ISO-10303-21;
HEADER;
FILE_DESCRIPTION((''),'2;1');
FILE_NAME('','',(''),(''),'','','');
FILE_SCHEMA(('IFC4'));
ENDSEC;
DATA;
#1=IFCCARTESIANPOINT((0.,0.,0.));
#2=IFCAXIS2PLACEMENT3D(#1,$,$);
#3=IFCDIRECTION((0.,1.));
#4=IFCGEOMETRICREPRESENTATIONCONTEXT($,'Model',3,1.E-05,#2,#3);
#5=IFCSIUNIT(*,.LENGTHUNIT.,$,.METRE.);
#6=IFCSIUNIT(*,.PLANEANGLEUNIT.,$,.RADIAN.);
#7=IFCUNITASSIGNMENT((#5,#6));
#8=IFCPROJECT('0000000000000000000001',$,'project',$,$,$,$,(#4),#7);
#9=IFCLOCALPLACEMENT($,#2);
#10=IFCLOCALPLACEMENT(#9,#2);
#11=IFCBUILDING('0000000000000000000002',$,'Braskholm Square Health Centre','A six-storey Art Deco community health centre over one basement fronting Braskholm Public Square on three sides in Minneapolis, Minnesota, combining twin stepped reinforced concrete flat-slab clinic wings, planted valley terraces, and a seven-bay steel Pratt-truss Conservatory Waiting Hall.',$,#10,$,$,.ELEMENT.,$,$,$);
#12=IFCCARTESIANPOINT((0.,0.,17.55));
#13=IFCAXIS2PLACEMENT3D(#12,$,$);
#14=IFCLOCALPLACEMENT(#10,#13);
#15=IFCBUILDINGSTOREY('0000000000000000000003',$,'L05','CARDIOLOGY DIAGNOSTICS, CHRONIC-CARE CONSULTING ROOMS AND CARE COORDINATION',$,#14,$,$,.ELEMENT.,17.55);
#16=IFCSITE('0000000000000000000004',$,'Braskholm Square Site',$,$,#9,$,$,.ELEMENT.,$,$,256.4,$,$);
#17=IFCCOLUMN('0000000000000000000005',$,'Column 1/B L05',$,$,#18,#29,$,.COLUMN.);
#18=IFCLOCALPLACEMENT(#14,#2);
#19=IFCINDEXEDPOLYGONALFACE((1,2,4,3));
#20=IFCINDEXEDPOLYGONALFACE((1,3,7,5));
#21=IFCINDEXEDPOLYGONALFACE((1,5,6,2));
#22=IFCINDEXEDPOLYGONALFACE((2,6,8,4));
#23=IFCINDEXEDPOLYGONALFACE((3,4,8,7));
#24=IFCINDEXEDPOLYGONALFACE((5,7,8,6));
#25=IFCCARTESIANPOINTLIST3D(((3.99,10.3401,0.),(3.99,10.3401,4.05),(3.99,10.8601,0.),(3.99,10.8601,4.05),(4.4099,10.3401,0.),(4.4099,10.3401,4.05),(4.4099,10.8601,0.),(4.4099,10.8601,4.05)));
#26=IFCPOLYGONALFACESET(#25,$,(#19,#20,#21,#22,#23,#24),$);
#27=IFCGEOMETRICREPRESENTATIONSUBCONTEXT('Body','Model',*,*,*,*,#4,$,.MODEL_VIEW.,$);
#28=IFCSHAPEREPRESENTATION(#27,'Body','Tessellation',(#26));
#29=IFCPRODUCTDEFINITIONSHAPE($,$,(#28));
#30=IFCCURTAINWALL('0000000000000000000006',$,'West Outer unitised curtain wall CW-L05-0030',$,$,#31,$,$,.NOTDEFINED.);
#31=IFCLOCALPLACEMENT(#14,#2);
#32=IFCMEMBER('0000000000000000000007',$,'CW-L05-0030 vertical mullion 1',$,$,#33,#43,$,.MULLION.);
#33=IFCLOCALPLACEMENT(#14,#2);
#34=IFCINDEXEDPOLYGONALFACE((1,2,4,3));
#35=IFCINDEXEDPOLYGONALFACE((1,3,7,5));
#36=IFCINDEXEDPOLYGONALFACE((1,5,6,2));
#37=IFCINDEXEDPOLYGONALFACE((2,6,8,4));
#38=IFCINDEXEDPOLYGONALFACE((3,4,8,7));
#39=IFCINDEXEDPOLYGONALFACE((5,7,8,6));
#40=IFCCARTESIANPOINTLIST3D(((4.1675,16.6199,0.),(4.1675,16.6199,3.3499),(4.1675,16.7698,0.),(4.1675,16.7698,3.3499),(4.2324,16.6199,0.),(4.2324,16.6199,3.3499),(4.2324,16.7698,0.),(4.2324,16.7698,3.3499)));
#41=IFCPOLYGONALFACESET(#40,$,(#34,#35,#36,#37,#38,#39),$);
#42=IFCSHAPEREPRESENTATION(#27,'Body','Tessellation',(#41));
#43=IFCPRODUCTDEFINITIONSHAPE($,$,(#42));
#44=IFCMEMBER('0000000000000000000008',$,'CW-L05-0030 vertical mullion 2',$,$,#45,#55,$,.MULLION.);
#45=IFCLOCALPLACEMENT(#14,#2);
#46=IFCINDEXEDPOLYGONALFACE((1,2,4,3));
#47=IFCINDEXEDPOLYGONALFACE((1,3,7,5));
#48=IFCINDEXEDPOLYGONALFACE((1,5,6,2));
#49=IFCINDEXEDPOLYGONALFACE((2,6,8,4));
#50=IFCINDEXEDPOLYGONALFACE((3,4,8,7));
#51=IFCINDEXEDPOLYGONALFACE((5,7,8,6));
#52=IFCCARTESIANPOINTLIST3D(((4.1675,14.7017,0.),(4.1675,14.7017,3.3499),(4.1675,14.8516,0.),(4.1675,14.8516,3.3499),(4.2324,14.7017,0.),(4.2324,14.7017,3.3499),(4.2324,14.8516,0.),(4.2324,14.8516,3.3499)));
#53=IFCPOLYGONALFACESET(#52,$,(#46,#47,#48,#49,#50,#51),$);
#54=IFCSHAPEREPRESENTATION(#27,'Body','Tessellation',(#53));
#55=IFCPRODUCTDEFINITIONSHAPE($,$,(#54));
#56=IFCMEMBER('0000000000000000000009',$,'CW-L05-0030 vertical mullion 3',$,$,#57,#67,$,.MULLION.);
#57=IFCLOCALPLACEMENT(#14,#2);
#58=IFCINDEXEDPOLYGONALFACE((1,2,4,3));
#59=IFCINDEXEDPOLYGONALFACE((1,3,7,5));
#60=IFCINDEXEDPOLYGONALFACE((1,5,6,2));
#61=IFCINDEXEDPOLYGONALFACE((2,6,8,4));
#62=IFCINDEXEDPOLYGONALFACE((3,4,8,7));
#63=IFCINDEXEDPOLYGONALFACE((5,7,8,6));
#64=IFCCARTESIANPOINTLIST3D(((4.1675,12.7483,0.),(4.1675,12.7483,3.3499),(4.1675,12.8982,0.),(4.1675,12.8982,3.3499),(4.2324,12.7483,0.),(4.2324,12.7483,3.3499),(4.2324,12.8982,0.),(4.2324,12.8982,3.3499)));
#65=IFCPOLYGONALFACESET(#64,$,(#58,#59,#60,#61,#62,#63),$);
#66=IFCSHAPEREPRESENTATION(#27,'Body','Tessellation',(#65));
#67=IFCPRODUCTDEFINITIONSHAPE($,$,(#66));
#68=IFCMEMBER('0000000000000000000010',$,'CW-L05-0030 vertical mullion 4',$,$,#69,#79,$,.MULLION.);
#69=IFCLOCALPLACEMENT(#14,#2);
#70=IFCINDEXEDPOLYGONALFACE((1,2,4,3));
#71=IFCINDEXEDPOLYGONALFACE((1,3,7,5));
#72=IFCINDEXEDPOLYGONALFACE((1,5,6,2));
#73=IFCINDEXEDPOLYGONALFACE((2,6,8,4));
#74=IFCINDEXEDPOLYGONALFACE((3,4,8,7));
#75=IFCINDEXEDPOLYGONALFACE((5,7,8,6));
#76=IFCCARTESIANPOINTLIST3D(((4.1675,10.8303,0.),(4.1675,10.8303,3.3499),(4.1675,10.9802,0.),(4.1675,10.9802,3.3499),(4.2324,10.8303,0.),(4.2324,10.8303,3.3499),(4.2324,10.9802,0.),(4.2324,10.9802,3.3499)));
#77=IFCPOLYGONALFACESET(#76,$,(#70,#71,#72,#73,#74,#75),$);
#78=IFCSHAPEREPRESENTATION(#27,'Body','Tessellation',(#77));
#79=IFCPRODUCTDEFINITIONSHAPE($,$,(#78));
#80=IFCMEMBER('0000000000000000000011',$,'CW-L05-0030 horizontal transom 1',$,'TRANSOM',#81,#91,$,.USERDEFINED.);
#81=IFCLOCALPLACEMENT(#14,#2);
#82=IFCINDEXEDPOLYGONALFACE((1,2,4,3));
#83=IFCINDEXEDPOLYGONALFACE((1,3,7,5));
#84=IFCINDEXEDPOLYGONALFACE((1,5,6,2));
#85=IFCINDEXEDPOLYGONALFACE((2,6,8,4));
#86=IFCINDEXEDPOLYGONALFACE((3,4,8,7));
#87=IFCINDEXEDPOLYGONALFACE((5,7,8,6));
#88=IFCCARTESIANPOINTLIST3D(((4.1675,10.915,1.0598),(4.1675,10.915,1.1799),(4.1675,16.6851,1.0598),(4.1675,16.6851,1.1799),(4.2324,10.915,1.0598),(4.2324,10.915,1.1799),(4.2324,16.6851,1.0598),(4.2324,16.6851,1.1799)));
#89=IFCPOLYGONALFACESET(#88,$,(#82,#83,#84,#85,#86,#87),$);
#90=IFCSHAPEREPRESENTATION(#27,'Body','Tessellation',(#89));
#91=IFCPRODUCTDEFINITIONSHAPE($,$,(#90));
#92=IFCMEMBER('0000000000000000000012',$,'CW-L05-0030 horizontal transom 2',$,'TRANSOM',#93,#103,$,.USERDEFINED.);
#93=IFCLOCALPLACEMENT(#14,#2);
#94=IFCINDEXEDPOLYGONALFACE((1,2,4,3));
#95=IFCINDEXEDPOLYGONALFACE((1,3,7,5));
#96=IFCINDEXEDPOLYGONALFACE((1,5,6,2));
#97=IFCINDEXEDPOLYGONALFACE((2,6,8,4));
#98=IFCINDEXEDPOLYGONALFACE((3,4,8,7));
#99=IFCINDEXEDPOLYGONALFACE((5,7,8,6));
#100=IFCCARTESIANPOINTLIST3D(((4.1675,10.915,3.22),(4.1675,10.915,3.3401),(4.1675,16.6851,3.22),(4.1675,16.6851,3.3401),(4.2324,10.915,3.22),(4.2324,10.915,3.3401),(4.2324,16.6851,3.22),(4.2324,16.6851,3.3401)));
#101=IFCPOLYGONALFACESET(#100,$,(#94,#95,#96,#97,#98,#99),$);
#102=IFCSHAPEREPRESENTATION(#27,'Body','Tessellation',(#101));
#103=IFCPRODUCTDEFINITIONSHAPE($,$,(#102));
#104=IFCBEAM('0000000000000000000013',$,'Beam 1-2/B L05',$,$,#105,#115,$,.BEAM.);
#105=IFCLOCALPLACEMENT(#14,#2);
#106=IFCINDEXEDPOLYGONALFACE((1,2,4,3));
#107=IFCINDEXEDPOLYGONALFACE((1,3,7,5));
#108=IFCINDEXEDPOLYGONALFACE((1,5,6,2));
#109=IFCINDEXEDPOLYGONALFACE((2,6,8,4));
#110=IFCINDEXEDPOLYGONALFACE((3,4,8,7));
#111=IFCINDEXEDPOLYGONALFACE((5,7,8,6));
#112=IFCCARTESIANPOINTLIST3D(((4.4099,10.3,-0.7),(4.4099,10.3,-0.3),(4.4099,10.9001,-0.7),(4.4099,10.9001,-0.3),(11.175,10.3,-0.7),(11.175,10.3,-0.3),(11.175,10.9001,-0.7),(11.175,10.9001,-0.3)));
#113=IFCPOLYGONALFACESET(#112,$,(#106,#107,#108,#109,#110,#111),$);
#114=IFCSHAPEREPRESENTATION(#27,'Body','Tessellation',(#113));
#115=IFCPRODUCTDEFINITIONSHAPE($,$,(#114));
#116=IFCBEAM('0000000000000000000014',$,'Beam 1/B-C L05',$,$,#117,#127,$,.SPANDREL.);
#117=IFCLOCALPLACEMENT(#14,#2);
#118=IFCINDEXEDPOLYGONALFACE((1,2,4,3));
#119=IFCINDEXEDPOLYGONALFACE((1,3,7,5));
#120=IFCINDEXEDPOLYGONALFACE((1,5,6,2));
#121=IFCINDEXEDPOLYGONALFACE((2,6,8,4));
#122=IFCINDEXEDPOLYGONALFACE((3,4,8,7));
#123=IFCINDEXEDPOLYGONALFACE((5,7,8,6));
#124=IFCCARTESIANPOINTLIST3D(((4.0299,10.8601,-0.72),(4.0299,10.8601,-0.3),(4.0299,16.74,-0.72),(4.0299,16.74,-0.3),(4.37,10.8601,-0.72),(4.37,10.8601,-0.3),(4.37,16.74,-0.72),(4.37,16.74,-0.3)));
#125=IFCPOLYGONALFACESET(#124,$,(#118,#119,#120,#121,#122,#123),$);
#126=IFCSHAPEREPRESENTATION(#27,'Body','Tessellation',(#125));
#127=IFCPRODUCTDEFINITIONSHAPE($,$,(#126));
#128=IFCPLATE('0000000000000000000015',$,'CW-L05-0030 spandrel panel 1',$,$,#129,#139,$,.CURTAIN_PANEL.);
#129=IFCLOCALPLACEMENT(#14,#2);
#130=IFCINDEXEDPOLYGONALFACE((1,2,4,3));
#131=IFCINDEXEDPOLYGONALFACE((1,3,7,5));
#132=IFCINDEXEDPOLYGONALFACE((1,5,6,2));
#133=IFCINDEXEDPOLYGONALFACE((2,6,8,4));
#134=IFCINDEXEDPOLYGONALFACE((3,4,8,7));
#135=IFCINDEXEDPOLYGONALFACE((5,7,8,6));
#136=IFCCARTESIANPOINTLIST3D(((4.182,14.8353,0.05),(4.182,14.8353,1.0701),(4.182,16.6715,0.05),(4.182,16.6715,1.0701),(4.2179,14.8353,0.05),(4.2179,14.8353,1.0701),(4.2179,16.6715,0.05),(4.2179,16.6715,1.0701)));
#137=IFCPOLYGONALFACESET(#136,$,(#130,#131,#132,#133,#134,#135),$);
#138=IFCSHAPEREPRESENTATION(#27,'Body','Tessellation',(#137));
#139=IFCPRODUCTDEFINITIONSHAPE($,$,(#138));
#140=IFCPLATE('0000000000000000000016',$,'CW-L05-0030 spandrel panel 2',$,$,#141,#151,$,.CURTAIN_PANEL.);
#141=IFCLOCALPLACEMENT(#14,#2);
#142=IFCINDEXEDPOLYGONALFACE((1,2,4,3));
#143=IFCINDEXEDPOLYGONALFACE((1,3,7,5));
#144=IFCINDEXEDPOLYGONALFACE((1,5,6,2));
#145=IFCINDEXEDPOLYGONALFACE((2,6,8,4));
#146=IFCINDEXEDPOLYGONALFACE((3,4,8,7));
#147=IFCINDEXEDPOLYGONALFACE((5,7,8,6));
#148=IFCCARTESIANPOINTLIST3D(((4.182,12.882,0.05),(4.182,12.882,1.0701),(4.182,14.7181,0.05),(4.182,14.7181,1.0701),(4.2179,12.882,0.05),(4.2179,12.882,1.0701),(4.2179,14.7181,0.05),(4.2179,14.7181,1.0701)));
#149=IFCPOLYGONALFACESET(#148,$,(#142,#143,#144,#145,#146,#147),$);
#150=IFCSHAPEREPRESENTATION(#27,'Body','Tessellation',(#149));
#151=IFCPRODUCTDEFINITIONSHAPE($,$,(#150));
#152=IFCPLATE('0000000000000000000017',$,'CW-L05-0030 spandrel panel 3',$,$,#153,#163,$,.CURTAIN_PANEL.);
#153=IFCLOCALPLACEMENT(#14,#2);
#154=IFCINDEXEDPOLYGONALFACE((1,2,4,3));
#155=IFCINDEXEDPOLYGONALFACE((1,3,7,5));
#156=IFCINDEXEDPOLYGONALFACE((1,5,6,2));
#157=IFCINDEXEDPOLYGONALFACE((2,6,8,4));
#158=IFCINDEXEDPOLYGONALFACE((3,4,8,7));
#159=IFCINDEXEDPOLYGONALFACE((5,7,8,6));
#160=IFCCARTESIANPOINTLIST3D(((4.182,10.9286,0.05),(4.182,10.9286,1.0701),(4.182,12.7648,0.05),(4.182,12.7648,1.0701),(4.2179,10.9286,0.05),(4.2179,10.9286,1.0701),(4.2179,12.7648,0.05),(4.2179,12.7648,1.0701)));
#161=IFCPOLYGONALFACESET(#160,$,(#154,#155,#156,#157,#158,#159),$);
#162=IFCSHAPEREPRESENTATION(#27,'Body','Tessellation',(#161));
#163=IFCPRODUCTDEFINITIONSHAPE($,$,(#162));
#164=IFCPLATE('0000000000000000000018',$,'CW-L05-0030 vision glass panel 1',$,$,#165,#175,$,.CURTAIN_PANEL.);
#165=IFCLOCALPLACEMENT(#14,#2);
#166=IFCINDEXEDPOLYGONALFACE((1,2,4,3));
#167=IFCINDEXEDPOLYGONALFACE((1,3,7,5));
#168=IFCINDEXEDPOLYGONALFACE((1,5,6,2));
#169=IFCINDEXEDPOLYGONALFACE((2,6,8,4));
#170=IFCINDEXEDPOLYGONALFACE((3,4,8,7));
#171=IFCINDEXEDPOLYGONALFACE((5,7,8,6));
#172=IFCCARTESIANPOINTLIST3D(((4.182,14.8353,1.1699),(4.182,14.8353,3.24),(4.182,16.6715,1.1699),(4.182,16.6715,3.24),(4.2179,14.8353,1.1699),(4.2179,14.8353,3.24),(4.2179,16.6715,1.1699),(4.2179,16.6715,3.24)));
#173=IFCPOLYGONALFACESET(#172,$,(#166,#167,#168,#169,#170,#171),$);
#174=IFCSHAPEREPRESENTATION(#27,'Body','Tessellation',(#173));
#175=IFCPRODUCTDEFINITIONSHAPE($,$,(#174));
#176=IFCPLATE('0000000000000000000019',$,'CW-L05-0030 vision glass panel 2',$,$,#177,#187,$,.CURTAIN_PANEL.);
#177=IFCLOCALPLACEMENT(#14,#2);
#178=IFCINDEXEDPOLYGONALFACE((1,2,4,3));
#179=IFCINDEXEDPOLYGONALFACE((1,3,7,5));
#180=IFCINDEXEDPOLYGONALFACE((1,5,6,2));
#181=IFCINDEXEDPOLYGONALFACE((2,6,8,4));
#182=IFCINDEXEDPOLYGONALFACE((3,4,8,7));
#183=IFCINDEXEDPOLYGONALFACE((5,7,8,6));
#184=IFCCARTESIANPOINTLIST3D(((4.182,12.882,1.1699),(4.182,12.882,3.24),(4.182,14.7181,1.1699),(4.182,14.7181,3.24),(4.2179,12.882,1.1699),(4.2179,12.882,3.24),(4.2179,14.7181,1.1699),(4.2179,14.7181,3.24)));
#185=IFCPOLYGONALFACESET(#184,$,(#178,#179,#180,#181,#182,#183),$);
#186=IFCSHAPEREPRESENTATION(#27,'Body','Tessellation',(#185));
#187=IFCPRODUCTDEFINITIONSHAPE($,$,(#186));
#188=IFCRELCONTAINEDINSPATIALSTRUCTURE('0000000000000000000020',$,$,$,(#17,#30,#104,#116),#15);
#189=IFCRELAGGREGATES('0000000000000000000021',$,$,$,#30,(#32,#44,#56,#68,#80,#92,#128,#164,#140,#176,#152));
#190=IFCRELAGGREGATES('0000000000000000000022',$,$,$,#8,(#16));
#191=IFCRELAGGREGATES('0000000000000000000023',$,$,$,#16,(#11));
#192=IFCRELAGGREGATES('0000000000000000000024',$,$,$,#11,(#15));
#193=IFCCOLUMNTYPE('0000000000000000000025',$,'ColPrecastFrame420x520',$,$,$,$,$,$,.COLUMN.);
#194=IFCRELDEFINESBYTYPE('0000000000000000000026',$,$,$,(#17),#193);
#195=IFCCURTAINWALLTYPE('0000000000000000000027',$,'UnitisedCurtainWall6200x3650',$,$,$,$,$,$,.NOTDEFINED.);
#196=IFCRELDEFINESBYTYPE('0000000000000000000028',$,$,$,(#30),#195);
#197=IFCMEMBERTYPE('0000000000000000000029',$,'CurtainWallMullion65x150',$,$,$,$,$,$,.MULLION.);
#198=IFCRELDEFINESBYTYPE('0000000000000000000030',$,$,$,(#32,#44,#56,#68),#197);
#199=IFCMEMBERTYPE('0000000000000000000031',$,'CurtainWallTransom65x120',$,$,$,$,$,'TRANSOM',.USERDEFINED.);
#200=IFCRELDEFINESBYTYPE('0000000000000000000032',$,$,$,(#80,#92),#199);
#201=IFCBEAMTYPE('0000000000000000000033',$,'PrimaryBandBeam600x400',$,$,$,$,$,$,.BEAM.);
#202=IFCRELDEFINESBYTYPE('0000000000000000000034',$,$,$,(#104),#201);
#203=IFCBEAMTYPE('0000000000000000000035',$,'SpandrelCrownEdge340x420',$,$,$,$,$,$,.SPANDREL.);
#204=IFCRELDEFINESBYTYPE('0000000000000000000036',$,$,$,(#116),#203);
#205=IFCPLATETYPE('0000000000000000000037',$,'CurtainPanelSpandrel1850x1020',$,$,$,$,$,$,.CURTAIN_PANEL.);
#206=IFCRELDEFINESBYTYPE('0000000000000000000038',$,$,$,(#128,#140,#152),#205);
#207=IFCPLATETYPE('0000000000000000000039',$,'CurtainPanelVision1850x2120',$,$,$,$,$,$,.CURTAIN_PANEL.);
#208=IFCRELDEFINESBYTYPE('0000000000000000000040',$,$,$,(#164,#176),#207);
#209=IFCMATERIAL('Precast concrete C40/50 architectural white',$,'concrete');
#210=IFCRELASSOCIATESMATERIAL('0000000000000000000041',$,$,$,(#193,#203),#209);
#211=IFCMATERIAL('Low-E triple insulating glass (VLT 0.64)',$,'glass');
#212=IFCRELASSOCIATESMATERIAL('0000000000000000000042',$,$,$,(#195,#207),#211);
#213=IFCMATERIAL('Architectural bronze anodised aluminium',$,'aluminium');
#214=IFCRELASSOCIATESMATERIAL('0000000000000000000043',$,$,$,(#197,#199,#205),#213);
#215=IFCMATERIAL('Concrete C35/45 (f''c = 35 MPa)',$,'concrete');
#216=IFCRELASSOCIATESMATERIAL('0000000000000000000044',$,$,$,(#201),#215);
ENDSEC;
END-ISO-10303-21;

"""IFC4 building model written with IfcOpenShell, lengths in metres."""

from ifc_helpers import new_model, si_unit, direction, frame, origin, origin_2d, place, context, subcontext, project, spatial, rectangle, extrude, material, material_profile, profile_set, type_object, element, aggregate, save


model = new_model("IFC4")

# Units and contexts
model_context = context("Model", 3, precision=1e-05, world=origin(), true_north=direction((0.0, 1.0)))
body_context = subcontext(model_context, "Body", "Model", "MODEL_VIEW")
ifc_project = project(units=[si_unit("LENGTHUNIT", "METRE"), si_unit("PLANEANGLEUNIT", "RADIAN")], contexts=[model_context])

# Site, building, storey
site_placement = place(None, origin())
site = spatial("IfcSite", under=ifc_project, at=site_placement, Name="Braskholm Square Site", CompositionType="ELEMENT", RefElevation=256.4)
building_placement = place(site_placement, origin())
building = spatial("IfcBuilding", under=site, at=building_placement, Name="Braskholm Square Health Centre", Description="A six-storey Art Deco community health centre over one basement fronting Braskholm Public Square on three sides in Minneapolis, Minnesota, combining twin stepped reinforced concrete flat-slab clinic wings, planted valley terraces, and a seven-bay steel Pratt-truss Conservatory Waiting Hall.", CompositionType="ELEMENT")
storey_placement = place(building_placement, frame((0.0, 0.0, 17.55)))
storey = spatial("IfcBuildingStorey", under=building, at=storey_placement, Name="L05", Description="CARDIOLOGY DIAGNOSTICS, CHRONIC-CARE CONSULTING ROOMS AND CARE COORDINATION", CompositionType="ELEMENT", Elevation=17.55)

# Column
ifc_material_1 = material(Name="Precast concrete C40/50 architectural white", Category="concrete")
ifc_material_profile_1 = material_profile(ifc_material_1, rectangle(XDim=0.4199, YDim=0.52, at=origin_2d()), Name="RC-420X520")
ifc_profile_set_1 = profile_set([ifc_material_profile_1], Name="Precast concrete C40/50 architectural white")
column_type = type_object("IfcColumnType", Name="ColPrecastFrame420x520", PredefinedType="COLUMN", material=ifc_profile_set_1)
column_placement = place(storey_placement, frame((4.2, 10.6001, 0.0), z_axis=(0.0, 0.0, 1.0), x_axis=(1.0, 0.0, 0.0)))
element("IfcColumn", 1, at=column_placement, inside=storey, type_object=column_type, Name="Column 1/B L05", PredefinedType="COLUMN", context=body_context, shape_type="SweptSolid", body=[
    extrude(rectangle(XDim=0.4199, YDim=0.52, at=origin_2d()), origin(), (0.0, 0.0, 1.0), 4.05),
])

# Curtain wall, members
ifc_material_2 = material(Name="Low-E triple insulating glass (VLT 0.64)", Category="glass")
curtain_wall_type = type_object("IfcCurtainWallType", Name="UnitisedCurtainWall6200x3650", PredefinedType="NOTDEFINED", material=ifc_material_2)
curtain_wall_placement = place(storey_placement, origin())
curtain_wall = element("IfcCurtainWall", 2, at=curtain_wall_placement, inside=storey, type_object=curtain_wall_type, Name="West Outer unitised curtain wall CW-L05-0030", PredefinedType="NOTDEFINED")
ifc_material_3 = material(Name="Architectural bronze anodised aluminium", Category="aluminium")
ifc_material_profile_2 = material_profile(ifc_material_3, rectangle(XDim=0.0649, YDim=0.1499, at=origin_2d()), Name="ALU-65X150")
ifc_profile_set_2 = profile_set([ifc_material_profile_2], Name="Architectural bronze anodised aluminium")
member_type_1 = type_object("IfcMemberType", Name="CurtainWallMullion65x150", PredefinedType="MULLION", material=ifc_profile_set_2)
member_1_placement = place(storey_placement, frame((4.2, 16.6948, 0.0), z_axis=(0.0, 0.0, 1.0), x_axis=(1.0, 0.0, 0.0)))
member_1 = element("IfcMember", 3, at=member_1_placement, type_object=member_type_1, Name="CW-L05-0030 vertical mullion 1", PredefinedType="MULLION", context=body_context, shape_type="SweptSolid", body=[
    extrude(rectangle(XDim=0.0649, YDim=0.1499, at=origin_2d()), origin(), (0.0, 0.0, 1.0), 3.3499),
])
member_2_placement = place(storey_placement, frame((4.2, 14.7766, 0.0), z_axis=(0.0, 0.0, 1.0), x_axis=(1.0, 0.0, 0.0)))
member_2 = element("IfcMember", 4, at=member_2_placement, type_object=member_type_1, Name="CW-L05-0030 vertical mullion 2", PredefinedType="MULLION", context=body_context, shape_type="SweptSolid", body=[
    extrude(rectangle(XDim=0.0649, YDim=0.1499, at=origin_2d()), origin(), (0.0, 0.0, 1.0), 3.3499),
])
member_3_placement = place(storey_placement, frame((4.2, 12.8232, 0.0), z_axis=(0.0, 0.0, 1.0), x_axis=(1.0, 0.0, 0.0)))
member_3 = element("IfcMember", 5, at=member_3_placement, type_object=member_type_1, Name="CW-L05-0030 vertical mullion 3", PredefinedType="MULLION", context=body_context, shape_type="SweptSolid", body=[
    extrude(rectangle(XDim=0.0649, YDim=0.1499, at=origin_2d()), origin(), (0.0, 0.0, 1.0), 3.3499),
])
member_4_placement = place(storey_placement, frame((4.2, 10.9053, 0.0), z_axis=(0.0, 0.0, 1.0), x_axis=(1.0, 0.0, 0.0)))
member_4 = element("IfcMember", 6, at=member_4_placement, type_object=member_type_1, Name="CW-L05-0030 vertical mullion 4", PredefinedType="MULLION", context=body_context, shape_type="SweptSolid", body=[
    extrude(rectangle(XDim=0.0649, YDim=0.1499, at=origin_2d()), origin(), (0.0, 0.0, 1.0), 3.3499),
])
ifc_material_profile_3 = material_profile(ifc_material_3, rectangle(XDim=0.0649, YDim=0.1201, at=origin_2d()), Name="ALU-65X120")
ifc_profile_set_3 = profile_set([ifc_material_profile_3], Name="Architectural bronze anodised aluminium")
member_type_2 = type_object("IfcMemberType", Name="CurtainWallTransom65x120", ElementType="TRANSOM", PredefinedType="USERDEFINED", material=ifc_profile_set_3)
member_5_placement = place(storey_placement, frame((4.2, 16.6851, 1.1199), z_axis=(0.0, -1.0, 0.0), x_axis=(1.0, 0.0, 0.0)))
member_5 = element("IfcMember", 7, at=member_5_placement, type_object=member_type_2, Name="CW-L05-0030 horizontal transom 1", ObjectType="TRANSOM", PredefinedType="USERDEFINED", context=body_context, shape_type="SweptSolid", body=[
    extrude(rectangle(XDim=0.0649, YDim=0.1201, at=origin_2d()), origin(), (0.0, 0.0, 1.0), 5.77),
])
member_6_placement = place(storey_placement, frame((4.2, 16.6851, 3.28), z_axis=(0.0, -1.0, 0.0), x_axis=(1.0, 0.0, 0.0)))
member_6 = element("IfcMember", 8, at=member_6_placement, type_object=member_type_2, Name="CW-L05-0030 horizontal transom 2", ObjectType="TRANSOM", PredefinedType="USERDEFINED", context=body_context, shape_type="SweptSolid", body=[
    extrude(rectangle(XDim=0.0649, YDim=0.1201, at=origin_2d()), origin(), (0.0, 0.0, 1.0), 5.77),
])

# Beams
ifc_material_4 = material(Name="Concrete C35/45 (f'c = 35 MPa)", Category="concrete")
ifc_material_profile_4 = material_profile(ifc_material_4, rectangle(XDim=0.6001, YDim=0.3999, at=origin_2d()), Name="RCB-600X400")
ifc_profile_set_4 = profile_set([ifc_material_profile_4], Name="Concrete C35/45 (f'c = 35 MPa)")
beam_type_1 = type_object("IfcBeamType", Name="PrimaryBandBeam600x400", PredefinedType="BEAM", material=ifc_profile_set_4)
beam_1_placement = place(storey_placement, frame((4.4099, 10.6001, -0.5), z_axis=(1.0, 0.0, 0.0), x_axis=(0.0, 1.0, 0.0)))
element("IfcBeam", 9, at=beam_1_placement, inside=storey, type_object=beam_type_1, Name="Beam 1-2/B L05", PredefinedType="BEAM", context=body_context, shape_type="SweptSolid", body=[
    extrude(rectangle(XDim=0.6001, YDim=0.3999, at=origin_2d()), origin(), (0.0, 0.0, 1.0), 6.7651),
])
ifc_material_profile_5 = material_profile(ifc_material_1, rectangle(XDim=0.3401, YDim=0.4199, at=origin_2d()), Name="RCB-340X420")
ifc_profile_set_5 = profile_set([ifc_material_profile_5], Name="Precast concrete C40/50 architectural white")
beam_type_2 = type_object("IfcBeamType", Name="SpandrelCrownEdge340x420", PredefinedType="SPANDREL", material=ifc_profile_set_5)
beam_2_placement = place(storey_placement, frame((4.2, 10.8601, -0.51), z_axis=(0.0, 1.0, 0.0), x_axis=(-1.0, 0.0, 0.0)))
element("IfcBeam", 10, at=beam_2_placement, inside=storey, type_object=beam_type_2, Name="Beam 1/B-C L05", PredefinedType="SPANDREL", context=body_context, shape_type="SweptSolid", body=[
    extrude(rectangle(XDim=0.3401, YDim=0.4199, at=origin_2d()), origin(), (0.0, 0.0, 1.0), 5.8799),
])

# Plates
plate_type_1 = type_object("IfcPlateType", Name="CurtainPanelSpandrel1850x1020", PredefinedType="CURTAIN_PANEL", material=ifc_material_3)
plate_1_placement = place(storey_placement, frame((4.2, 15.7534, 0.05), z_axis=(0.0, 0.0, 1.0), x_axis=(0.0, -1.0, 0.0)))
plate_1 = element("IfcPlate", 11, at=plate_1_placement, type_object=plate_type_1, Name="CW-L05-0030 spandrel panel 1", PredefinedType="CURTAIN_PANEL", context=body_context, shape_type="SweptSolid", body=[
    extrude(rectangle(XDim=1.8362, YDim=0.0359, at=origin_2d()), origin(), (0.0, 0.0, 1.0), 1.02),
])
plate_2_placement = place(storey_placement, frame((4.2, 13.8, 0.05), z_axis=(0.0, 0.0, 1.0), x_axis=(0.0, -1.0, 0.0)))
plate_2 = element("IfcPlate", 12, at=plate_2_placement, type_object=plate_type_1, Name="CW-L05-0030 spandrel panel 2", PredefinedType="CURTAIN_PANEL", context=body_context, shape_type="SweptSolid", body=[
    extrude(rectangle(XDim=1.8362, YDim=0.0359, at=origin_2d()), origin(), (0.0, 0.0, 1.0), 1.02),
])
plate_3_placement = place(storey_placement, frame((4.2, 11.8467, 0.05), z_axis=(0.0, 0.0, 1.0), x_axis=(0.0, -1.0, 0.0)))
plate_3 = element("IfcPlate", 13, at=plate_3_placement, type_object=plate_type_1, Name="CW-L05-0030 spandrel panel 3", PredefinedType="CURTAIN_PANEL", context=body_context, shape_type="SweptSolid", body=[
    extrude(rectangle(XDim=1.8362, YDim=0.0359, at=origin_2d()), origin(), (0.0, 0.0, 1.0), 1.02),
])
plate_type_2 = type_object("IfcPlateType", Name="CurtainPanelVision1850x2120", PredefinedType="CURTAIN_PANEL", material=ifc_material_2)
plate_4_placement = place(storey_placement, frame((4.2, 15.7534, 1.1699), z_axis=(0.0, 0.0, 1.0), x_axis=(0.0, -1.0, 0.0)))
plate_4 = element("IfcPlate", 14, at=plate_4_placement, type_object=plate_type_2, Name="CW-L05-0030 vision glass panel 1", PredefinedType="CURTAIN_PANEL", context=body_context, shape_type="SweptSolid", body=[
    extrude(rectangle(XDim=1.8362, YDim=0.0359, at=origin_2d()), origin(), (0.0, 0.0, 1.0), 2.0701),
])
plate_5_placement = place(storey_placement, frame((4.2, 13.8, 1.1699), z_axis=(0.0, 0.0, 1.0), x_axis=(0.0, -1.0, 0.0)))
plate_5 = element("IfcPlate", 15, at=plate_5_placement, type_object=plate_type_2, Name="CW-L05-0030 vision glass panel 2", PredefinedType="CURTAIN_PANEL", context=body_context, shape_type="SweptSolid", body=[
    extrude(rectangle(XDim=1.8362, YDim=0.0359, at=origin_2d()), origin(), (0.0, 0.0, 1.0), 2.0701),
])
aggregate(curtain_wall, [member_1, member_2, member_3, member_4, member_5, member_6, plate_1, plate_4, plate_2, plate_5, plate_3])

save(model, "model.ifc")
